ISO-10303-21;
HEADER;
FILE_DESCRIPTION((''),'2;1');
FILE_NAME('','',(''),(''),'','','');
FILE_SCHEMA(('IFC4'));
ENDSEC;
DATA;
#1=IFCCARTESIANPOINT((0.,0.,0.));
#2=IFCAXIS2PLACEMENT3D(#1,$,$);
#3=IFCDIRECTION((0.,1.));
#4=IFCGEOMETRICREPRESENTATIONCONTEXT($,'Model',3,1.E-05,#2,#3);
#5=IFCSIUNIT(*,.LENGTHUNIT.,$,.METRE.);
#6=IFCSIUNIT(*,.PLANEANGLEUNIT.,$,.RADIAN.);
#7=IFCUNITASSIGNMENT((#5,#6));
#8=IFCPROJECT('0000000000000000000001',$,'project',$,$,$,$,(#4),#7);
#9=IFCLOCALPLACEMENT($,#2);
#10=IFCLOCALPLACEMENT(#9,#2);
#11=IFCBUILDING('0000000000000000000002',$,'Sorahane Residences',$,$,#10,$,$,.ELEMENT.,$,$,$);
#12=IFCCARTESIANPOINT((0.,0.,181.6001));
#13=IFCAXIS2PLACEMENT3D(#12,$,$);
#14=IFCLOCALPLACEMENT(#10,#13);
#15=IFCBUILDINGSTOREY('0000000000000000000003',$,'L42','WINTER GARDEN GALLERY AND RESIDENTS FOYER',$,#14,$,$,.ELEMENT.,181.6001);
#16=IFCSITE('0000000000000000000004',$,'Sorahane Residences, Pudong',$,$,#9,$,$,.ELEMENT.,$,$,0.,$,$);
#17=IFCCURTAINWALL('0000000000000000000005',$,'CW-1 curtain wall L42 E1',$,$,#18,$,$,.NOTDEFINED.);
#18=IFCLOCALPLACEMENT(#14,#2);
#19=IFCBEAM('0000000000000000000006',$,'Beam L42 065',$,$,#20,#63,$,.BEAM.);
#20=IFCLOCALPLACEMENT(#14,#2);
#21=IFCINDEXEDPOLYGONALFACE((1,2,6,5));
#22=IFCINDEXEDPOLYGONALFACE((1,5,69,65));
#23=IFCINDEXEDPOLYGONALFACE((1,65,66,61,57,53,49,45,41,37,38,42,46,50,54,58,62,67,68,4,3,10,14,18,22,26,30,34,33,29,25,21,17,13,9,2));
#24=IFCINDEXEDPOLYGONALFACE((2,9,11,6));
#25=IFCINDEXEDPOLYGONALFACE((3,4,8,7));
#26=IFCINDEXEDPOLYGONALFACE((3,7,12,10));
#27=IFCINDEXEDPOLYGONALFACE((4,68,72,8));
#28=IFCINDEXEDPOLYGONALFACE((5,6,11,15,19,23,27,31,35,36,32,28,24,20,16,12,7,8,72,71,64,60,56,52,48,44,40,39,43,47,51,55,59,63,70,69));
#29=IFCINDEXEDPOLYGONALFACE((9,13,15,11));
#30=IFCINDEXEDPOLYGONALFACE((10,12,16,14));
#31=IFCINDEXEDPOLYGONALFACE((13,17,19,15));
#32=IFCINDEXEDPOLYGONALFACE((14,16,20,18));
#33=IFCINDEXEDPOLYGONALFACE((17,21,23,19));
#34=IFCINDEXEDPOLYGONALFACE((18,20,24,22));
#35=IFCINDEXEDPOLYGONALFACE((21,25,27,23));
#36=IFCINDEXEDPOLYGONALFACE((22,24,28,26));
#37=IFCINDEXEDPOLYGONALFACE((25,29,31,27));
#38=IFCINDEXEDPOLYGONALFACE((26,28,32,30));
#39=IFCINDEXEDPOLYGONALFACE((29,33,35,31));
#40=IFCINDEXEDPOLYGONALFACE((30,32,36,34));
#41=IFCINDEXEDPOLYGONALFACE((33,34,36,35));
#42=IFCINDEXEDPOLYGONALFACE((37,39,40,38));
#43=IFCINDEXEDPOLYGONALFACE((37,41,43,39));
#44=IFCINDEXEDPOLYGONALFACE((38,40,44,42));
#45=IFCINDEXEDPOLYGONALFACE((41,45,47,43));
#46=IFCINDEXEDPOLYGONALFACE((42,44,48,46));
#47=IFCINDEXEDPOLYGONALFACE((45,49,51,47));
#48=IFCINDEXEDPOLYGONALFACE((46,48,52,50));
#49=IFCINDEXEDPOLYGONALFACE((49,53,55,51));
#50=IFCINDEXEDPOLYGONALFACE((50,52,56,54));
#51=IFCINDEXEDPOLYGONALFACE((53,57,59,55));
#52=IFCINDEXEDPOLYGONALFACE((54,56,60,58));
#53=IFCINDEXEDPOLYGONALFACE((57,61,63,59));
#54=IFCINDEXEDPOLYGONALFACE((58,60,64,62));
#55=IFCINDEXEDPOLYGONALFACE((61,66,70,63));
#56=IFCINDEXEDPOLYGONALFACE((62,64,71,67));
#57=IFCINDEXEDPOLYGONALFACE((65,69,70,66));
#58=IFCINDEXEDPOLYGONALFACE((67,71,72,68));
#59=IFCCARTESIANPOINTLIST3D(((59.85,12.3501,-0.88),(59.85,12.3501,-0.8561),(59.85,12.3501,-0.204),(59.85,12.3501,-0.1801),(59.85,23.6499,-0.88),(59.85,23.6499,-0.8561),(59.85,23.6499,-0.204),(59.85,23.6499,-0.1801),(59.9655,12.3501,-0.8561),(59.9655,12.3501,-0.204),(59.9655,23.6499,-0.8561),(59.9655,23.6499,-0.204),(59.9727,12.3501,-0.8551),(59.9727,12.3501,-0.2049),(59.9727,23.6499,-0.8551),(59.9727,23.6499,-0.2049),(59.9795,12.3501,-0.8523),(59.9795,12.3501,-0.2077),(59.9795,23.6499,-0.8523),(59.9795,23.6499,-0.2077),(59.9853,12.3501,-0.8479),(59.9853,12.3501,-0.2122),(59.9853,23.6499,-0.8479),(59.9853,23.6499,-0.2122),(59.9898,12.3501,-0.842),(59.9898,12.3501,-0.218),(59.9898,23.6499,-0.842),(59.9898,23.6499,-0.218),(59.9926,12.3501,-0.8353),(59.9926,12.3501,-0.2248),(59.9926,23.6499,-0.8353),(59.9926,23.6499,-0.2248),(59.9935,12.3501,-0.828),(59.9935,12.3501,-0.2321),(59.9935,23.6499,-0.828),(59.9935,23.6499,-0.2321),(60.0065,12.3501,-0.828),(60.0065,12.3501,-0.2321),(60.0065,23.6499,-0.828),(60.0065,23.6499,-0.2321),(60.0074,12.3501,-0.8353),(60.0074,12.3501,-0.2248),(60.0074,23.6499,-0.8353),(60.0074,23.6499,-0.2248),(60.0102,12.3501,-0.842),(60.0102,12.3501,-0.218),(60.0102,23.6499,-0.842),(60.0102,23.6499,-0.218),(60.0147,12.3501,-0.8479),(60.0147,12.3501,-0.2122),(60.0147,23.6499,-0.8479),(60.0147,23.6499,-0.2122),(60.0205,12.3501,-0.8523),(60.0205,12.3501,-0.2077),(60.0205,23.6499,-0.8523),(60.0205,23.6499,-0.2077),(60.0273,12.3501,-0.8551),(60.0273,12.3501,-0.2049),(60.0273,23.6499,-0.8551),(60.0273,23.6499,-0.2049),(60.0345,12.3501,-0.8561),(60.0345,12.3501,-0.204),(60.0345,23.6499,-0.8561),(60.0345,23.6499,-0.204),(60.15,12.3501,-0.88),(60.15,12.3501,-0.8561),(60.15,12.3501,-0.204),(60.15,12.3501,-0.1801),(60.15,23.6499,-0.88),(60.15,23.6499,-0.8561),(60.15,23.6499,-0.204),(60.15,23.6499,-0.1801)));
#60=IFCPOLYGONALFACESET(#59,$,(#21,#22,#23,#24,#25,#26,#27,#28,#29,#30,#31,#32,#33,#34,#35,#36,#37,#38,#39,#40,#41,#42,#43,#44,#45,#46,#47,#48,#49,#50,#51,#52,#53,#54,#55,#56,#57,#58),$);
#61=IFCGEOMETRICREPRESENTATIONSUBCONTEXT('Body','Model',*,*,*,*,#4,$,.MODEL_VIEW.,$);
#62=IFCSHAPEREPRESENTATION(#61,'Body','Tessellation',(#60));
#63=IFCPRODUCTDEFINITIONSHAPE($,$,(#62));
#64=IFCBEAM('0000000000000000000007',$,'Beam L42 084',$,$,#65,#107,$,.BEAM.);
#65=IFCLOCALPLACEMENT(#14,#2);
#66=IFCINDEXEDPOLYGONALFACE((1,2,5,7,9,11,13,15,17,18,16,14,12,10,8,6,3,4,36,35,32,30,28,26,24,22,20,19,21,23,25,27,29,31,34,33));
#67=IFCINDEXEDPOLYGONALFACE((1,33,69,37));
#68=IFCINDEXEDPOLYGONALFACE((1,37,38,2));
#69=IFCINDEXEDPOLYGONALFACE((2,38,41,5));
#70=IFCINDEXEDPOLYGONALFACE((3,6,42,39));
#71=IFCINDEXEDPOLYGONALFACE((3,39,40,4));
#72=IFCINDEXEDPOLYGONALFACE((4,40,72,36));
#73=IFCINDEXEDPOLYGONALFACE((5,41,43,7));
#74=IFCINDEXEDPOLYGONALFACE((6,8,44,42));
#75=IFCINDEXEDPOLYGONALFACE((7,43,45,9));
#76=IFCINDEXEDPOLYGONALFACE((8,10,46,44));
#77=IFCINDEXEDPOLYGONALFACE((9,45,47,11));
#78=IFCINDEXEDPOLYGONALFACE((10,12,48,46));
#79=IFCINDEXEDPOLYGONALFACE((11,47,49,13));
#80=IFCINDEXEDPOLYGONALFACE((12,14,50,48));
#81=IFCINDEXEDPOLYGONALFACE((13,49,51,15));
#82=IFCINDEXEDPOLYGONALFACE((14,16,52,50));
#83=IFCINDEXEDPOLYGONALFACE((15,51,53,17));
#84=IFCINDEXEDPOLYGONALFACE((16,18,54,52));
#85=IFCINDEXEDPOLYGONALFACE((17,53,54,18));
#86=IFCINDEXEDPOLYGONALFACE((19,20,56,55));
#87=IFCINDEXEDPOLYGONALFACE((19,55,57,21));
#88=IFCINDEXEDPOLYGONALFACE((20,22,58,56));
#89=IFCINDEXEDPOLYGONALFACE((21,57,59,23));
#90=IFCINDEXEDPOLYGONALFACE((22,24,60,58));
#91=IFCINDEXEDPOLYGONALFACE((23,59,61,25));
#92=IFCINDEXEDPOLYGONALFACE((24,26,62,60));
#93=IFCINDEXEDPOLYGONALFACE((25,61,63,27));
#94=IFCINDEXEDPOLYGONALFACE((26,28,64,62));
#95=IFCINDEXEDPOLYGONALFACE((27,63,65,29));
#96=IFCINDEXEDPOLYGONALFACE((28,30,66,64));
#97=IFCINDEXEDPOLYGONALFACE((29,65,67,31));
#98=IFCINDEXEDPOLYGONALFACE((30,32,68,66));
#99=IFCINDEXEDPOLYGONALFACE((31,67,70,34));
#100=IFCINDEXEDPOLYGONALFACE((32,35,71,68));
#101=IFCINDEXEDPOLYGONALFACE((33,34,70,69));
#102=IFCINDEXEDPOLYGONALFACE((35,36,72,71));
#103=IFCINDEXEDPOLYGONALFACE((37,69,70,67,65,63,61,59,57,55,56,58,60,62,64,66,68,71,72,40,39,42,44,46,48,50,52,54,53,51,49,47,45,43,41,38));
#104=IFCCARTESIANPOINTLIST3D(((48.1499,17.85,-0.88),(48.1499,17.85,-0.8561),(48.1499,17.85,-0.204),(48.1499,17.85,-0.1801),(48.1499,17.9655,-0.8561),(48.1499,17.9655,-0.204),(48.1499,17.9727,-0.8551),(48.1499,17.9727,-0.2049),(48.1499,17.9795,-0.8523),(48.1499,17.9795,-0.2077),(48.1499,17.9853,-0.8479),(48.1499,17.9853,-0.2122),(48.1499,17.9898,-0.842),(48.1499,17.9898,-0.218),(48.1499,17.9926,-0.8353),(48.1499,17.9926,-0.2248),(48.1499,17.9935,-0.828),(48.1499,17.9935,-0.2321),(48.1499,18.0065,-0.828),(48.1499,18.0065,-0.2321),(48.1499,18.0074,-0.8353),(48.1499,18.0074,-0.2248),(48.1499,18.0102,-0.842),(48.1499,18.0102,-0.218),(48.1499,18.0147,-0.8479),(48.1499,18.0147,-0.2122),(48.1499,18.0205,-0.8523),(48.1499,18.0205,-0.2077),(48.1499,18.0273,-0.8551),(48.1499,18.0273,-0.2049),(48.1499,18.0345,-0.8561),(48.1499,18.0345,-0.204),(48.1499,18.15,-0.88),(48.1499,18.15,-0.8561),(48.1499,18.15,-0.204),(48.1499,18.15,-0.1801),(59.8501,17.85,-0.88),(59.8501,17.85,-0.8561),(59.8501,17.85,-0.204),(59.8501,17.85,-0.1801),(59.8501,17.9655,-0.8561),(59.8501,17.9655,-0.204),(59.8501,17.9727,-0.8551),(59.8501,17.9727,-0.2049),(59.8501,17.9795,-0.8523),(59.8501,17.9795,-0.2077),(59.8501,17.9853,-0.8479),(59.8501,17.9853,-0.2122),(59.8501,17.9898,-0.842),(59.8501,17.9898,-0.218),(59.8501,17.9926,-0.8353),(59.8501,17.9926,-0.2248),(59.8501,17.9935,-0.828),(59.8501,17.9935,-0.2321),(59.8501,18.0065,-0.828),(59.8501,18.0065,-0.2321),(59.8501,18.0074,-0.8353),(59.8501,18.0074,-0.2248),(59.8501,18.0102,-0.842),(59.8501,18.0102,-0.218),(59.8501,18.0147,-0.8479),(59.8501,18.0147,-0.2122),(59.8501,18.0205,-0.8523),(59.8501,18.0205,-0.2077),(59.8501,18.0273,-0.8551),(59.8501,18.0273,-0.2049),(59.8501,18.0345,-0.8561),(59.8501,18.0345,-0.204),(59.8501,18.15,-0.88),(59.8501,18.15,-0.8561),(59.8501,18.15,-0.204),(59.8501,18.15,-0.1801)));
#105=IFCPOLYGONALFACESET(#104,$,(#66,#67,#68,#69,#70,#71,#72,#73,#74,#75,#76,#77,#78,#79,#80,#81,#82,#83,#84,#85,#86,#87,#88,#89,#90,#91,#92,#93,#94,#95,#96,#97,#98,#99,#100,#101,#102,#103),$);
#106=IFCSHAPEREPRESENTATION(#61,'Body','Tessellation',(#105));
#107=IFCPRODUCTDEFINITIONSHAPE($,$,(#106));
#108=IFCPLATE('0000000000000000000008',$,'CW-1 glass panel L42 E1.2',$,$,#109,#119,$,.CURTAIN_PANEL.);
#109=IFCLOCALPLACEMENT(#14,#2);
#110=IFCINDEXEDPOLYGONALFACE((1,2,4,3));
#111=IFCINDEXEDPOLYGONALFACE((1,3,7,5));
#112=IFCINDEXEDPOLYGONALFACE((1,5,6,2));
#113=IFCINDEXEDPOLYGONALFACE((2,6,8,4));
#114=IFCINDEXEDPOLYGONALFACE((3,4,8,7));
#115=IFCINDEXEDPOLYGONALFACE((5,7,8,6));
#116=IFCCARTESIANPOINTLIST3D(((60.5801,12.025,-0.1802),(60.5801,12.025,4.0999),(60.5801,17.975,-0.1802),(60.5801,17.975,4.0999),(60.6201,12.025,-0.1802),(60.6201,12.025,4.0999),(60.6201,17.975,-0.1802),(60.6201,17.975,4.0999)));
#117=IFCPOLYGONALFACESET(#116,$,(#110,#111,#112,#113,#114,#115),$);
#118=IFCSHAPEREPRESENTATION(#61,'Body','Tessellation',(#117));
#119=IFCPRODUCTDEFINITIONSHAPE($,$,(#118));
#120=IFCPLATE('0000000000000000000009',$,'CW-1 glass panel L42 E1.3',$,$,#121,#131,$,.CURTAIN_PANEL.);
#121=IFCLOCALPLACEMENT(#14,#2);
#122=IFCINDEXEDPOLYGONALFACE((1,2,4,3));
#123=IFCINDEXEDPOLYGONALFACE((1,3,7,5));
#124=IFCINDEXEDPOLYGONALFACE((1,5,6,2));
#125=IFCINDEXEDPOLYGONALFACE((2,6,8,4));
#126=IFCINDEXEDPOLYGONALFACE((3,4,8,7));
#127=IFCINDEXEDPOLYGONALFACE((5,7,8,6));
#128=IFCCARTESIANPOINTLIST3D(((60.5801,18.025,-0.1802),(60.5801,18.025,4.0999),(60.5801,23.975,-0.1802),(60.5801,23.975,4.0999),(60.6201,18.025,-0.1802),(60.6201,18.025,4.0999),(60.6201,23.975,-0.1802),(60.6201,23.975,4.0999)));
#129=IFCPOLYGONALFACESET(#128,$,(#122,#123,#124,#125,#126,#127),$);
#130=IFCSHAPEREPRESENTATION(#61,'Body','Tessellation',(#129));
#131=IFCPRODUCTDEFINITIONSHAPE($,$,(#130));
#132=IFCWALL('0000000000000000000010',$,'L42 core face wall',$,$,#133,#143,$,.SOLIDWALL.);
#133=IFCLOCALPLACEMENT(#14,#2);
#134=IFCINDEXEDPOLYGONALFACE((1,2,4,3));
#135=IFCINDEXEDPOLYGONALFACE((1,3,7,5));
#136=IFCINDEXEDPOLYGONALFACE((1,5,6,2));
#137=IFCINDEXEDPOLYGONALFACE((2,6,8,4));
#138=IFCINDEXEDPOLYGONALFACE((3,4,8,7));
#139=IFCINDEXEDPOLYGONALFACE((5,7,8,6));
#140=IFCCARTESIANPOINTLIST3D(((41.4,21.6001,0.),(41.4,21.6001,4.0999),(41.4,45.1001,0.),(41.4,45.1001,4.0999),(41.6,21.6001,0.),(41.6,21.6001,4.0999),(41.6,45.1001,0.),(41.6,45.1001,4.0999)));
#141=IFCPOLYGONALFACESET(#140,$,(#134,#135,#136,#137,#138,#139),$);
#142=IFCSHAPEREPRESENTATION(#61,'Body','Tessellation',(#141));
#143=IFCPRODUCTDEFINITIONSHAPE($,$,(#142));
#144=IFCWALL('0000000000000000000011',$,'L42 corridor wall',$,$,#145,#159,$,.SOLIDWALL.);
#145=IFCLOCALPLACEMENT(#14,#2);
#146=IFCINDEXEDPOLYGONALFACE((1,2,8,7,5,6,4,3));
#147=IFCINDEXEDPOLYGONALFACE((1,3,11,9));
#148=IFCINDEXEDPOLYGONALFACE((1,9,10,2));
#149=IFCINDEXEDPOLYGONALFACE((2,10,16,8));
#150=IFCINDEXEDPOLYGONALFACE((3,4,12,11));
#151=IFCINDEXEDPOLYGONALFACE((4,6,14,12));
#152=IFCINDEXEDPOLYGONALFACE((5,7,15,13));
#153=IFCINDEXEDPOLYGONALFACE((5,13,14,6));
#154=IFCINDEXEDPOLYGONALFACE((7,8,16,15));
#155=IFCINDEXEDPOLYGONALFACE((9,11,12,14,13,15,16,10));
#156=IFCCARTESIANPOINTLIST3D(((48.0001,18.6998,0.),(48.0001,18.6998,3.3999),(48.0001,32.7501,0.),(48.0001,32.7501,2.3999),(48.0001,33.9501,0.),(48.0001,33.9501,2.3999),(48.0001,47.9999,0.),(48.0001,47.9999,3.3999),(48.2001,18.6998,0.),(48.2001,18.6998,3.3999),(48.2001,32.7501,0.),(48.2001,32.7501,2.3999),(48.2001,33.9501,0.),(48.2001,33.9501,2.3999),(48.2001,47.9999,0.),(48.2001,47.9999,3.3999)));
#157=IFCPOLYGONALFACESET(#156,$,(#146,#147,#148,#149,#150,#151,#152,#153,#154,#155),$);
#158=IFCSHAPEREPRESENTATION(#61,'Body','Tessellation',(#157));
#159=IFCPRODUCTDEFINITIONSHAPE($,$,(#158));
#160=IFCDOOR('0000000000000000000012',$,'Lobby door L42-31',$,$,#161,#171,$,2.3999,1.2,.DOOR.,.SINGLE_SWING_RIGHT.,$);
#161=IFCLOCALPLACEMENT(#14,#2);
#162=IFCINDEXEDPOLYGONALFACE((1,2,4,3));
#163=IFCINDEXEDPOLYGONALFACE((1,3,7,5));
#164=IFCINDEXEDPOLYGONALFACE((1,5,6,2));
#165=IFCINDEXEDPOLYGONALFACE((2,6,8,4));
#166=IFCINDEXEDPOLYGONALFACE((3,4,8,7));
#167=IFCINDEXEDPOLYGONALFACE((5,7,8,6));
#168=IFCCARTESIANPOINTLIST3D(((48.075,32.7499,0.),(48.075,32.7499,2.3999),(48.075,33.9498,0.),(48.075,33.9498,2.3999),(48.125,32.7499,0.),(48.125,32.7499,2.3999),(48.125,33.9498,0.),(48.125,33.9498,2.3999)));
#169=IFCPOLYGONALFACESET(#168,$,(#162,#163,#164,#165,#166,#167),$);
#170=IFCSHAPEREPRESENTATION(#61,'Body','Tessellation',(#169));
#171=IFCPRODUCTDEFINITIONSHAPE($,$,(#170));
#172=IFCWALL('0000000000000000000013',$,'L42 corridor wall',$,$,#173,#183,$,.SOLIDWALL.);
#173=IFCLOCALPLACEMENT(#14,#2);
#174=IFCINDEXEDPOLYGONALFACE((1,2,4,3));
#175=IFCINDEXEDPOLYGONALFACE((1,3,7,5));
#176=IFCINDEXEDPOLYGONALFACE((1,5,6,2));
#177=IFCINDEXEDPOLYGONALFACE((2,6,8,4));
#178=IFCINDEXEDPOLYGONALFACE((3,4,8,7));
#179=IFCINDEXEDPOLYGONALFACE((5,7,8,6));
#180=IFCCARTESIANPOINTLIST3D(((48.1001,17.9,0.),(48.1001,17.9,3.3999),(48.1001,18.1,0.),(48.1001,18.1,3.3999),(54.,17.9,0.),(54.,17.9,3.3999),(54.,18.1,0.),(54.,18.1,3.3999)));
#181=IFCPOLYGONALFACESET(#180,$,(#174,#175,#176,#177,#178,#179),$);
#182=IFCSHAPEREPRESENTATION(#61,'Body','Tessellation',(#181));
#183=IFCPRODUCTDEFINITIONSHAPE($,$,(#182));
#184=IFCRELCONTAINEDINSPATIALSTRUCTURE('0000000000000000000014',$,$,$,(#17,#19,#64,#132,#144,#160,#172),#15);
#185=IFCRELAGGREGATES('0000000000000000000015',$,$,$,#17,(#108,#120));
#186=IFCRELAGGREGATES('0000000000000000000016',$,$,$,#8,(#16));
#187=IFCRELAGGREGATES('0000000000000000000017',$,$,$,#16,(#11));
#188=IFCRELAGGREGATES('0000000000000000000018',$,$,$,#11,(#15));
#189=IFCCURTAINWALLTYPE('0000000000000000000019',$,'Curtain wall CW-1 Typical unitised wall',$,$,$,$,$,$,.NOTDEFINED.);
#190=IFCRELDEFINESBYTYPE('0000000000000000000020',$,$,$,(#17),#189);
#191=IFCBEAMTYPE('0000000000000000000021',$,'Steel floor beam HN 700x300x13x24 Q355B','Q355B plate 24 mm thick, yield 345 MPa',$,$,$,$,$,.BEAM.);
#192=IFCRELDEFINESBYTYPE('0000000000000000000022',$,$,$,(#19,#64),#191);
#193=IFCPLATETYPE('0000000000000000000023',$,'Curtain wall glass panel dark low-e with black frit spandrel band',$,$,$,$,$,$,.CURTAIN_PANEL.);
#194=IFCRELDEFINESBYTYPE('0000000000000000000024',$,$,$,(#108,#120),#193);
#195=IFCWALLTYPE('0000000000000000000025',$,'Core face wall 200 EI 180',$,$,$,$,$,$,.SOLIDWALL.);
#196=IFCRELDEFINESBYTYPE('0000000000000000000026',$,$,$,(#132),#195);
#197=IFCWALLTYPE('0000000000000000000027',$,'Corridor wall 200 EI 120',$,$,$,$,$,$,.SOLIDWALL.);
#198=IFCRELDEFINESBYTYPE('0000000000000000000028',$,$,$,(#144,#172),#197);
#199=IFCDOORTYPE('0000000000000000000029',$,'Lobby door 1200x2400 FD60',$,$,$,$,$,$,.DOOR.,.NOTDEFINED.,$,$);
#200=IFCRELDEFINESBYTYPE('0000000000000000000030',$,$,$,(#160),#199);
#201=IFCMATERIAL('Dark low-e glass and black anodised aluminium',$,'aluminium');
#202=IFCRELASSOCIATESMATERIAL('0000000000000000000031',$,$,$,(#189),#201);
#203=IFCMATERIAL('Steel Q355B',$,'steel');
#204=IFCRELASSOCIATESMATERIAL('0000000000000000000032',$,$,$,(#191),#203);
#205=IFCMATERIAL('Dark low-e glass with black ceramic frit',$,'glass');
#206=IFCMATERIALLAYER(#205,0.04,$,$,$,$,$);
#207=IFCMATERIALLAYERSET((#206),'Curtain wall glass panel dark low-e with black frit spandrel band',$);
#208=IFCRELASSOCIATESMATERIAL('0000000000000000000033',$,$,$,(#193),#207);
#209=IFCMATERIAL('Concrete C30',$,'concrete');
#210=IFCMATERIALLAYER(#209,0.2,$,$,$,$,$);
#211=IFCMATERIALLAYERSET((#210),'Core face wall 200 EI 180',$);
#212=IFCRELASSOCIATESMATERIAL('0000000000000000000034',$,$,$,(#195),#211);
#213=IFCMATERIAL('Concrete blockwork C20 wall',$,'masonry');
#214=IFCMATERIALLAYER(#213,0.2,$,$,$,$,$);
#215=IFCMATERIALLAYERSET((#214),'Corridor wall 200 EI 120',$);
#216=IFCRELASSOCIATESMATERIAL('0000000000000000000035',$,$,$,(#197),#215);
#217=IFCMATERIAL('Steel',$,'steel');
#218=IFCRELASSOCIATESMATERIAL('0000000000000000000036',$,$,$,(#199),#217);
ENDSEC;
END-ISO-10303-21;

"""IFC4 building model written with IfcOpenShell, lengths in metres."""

from ifc_helpers import new_model, si_unit, direction, frame, frame_2d, origin, origin_2d, place, context, subcontext, project, spatial, rectangle, i_section, extrude, material, layer, layer_set, material_profile, profile_set, type_object, element, fill, aggregate, save


model = new_model("IFC4")

# Units and contexts
model_context = context("Model", 3, precision=1e-05, world=origin(), true_north=direction((0.0, 1.0)))
body_context = subcontext(model_context, "Body", "Model", "MODEL_VIEW")
ifc_project = project(units=[si_unit("LENGTHUNIT", "METRE"), si_unit("PLANEANGLEUNIT", "RADIAN")], contexts=[model_context])

# Site, building, storey
site_placement = place(None, origin())
site = spatial("IfcSite", under=ifc_project, at=site_placement, Name="Sorahane Residences, Pudong", CompositionType="ELEMENT", RefElevation=0.0)
building_placement = place(site_placement, origin())
building = spatial("IfcBuilding", under=site, at=building_placement, Name="Sorahane Residences", CompositionType="ELEMENT")
storey_placement = place(building_placement, frame((0.0, 0.0, 181.6001)))
storey = spatial("IfcBuildingStorey", under=building, at=storey_placement, Name="L42", Description="WINTER GARDEN GALLERY AND RESIDENTS FOYER", CompositionType="ELEMENT", Elevation=181.6001)

# Curtain wall
ifc_material_1 = material(Name="Dark low-e glass and black anodised aluminium", Category="aluminium")
curtain_wall_type = type_object("IfcCurtainWallType", Name="Curtain wall CW-1 Typical unitised wall", PredefinedType="NOTDEFINED", material=ifc_material_1)
curtain_wall_placement = place(storey_placement, origin())
curtain_wall = element("IfcCurtainWall", 1, at=curtain_wall_placement, inside=storey, type_object=curtain_wall_type, Name="CW-1 curtain wall L42 E1", PredefinedType="NOTDEFINED")

# Beams
ifc_material_2 = material(Name="Steel Q355B", Category="steel")
ifc_material_profile_1 = material_profile(ifc_material_2, i_section(OverallWidth=0.3, OverallDepth=0.7, WebThickness=0.0129, FlangeThickness=0.0239, FilletRadius=0.0281, at=origin_2d()), Name="HN 700x300x13x24")
ifc_profile_set_1 = profile_set([ifc_material_profile_1], Name="Steel Q355B")
beam_type_1 = type_object("IfcBeamType", Name="Steel floor beam HN 700x300x13x24 Q355B", Description="Q355B plate 24 mm thick, yield 345 MPa", PredefinedType="BEAM", material=ifc_profile_set_1)
beam_1_placement = place(storey_placement, frame((60.0, 12.3501, -0.53), z_axis=(0.0, 1.0, 0.0), x_axis=(-1.0, 0.0, 0.0)))
element("IfcBeam", 2, at=beam_1_placement, inside=storey, type_object=beam_type_1, Name="Beam L42 065", PredefinedType="BEAM", context=body_context, shape_type="SweptSolid", body=[
    extrude(i_section(OverallWidth=0.3, OverallDepth=0.7, WebThickness=0.0129, FlangeThickness=0.0239, FilletRadius=0.0281, at=origin_2d()), origin(), (0.0, 0.0, 1.0), 11.2998),
])
beam_2_placement = place(storey_placement, frame((48.1499, 18.0, -0.53), z_axis=(1.0, 0.0, 0.0), x_axis=(0.0, 1.0, 0.0)))
element("IfcBeam", 3, at=beam_2_placement, inside=storey, type_object=beam_type_1, Name="Beam L42 084", PredefinedType="BEAM", context=body_context, shape_type="SweptSolid", body=[
    extrude(i_section(OverallWidth=0.3, OverallDepth=0.7, WebThickness=0.0129, FlangeThickness=0.0239, FilletRadius=0.0281, at=origin_2d()), origin(), (0.0, 0.0, 1.0), 11.7002),
])

# Plates
ifc_material_3 = material(Name="Dark low-e glass with black ceramic frit", Category="glass")
ifc_layer_1 = layer(ifc_material_3, 0.04)
ifc_layer_set_1 = layer_set([ifc_layer_1], Name="Curtain wall glass panel dark low-e with black frit spandrel band")
plate_type = type_object("IfcPlateType", Name="Curtain wall glass panel dark low-e with black frit spandrel band", PredefinedType="CURTAIN_PANEL", material=ifc_layer_set_1)
plate_1_placement = place(storey_placement, frame((60.6001, 15.0, -0.1802), z_axis=(0.0, 0.0, 1.0), x_axis=(0.0, 1.0, 0.0)))
plate_1 = element("IfcPlate", 4, at=plate_1_placement, type_object=plate_type, Name="CW-1 glass panel L42 E1.2", PredefinedType="CURTAIN_PANEL", context=body_context, shape_type="SweptSolid", body=[
    extrude(rectangle(XDim=5.95, YDim=0.04, at=origin_2d()), origin(), (0.0, 0.0, 1.0), 4.28),
])
plate_2_placement = place(storey_placement, frame((60.6001, 21.0, -0.1802), z_axis=(0.0, 0.0, 1.0), x_axis=(0.0, 1.0, 0.0)))
plate_2 = element("IfcPlate", 5, at=plate_2_placement, type_object=plate_type, Name="CW-1 glass panel L42 E1.3", PredefinedType="CURTAIN_PANEL", context=body_context, shape_type="SweptSolid", body=[
    extrude(rectangle(XDim=5.95, YDim=0.04, at=origin_2d()), origin(), (0.0, 0.0, 1.0), 4.28),
])
aggregate(curtain_wall, [plate_1, plate_2])

# Wall
ifc_material_4 = material(Name="Concrete C30", Category="concrete")
ifc_layer_2 = layer(ifc_material_4, 0.2)
ifc_layer_set_2 = layer_set([ifc_layer_2], Name="Core face wall 200 EI 180")
wall_type_1 = type_object("IfcWallType", Name="Core face wall 200 EI 180", PredefinedType="SOLIDWALL", material=ifc_layer_set_2)
wall_1_placement = place(storey_placement, frame((41.5, 21.6001, 0.0), z_axis=(0.0, 0.0, 1.0), x_axis=(0.0, 1.0, 0.0)))
element("IfcWall", 6, at=wall_1_placement, inside=storey, type_object=wall_type_1, Name="L42 core face wall", PredefinedType="SOLIDWALL", context=body_context, shape_type="SweptSolid", body=[
    extrude(rectangle(XDim=23.5, YDim=0.2, at=frame_2d((11.75, 0.0))), origin(), (0.0, 0.0, 1.0), 4.0999),
])

# Wall, opening, door
ifc_material_5 = material(Name="Concrete blockwork C20 wall", Category="masonry")
ifc_layer_3 = layer(ifc_material_5, 0.2)
ifc_layer_set_3 = layer_set([ifc_layer_3], Name="Corridor wall 200 EI 120")
wall_type_2 = type_object("IfcWallType", Name="Corridor wall 200 EI 120", PredefinedType="SOLIDWALL", material=ifc_layer_set_3)
wall_2_placement = place(storey_placement, frame((48.1001, 18.7, 0.0), z_axis=(0.0, 0.0, 1.0), x_axis=(0.0, 1.0, 0.0)))
wall_2 = element("IfcWall", 7, at=wall_2_placement, inside=storey, type_object=wall_type_2, Name="L42 corridor wall", PredefinedType="SOLIDWALL", context=body_context, shape_type="SweptSolid", body=[
    extrude(rectangle(XDim=29.3, YDim=0.2, at=frame_2d((14.6499, 0.0))), origin(), (0.0, 0.0, 1.0), 3.3999),
])
opening_1_placement = place(wall_2_placement, frame((14.05, 0.0, 0.0)))
opening_1 = element("IfcOpeningElement", 8, at=opening_1_placement, cuts=wall_2, PredefinedType="OPENING", context=body_context, shape_type="SweptSolid", body=[
    extrude(rectangle(XDim=1.2, YDim=2.3999, at=frame_2d((0.6001, 1.2))), frame((0.0, 0.1099, 0.0), z_axis=(0.0, -1.0, 0.0), x_axis=(1.0, 0.0, 0.0)), (0.0, 0.0, 1.0), 0.22),
])
ifc_material_6 = material(Name="Steel", Category="steel")
door_type_1 = type_object("IfcDoorType", Name="Lobby door 1200x2400 FD60", OperationType="NOTDEFINED", PredefinedType="DOOR", material=ifc_material_6)
door_1_placement = place(opening_1_placement, frame((1.2, 0.0, 0.0), z_axis=(0.0, 0.0, 1.0), x_axis=(-1.0, 0.0, 0.0)))
door_1 = element("IfcDoor", 9, at=door_1_placement, inside=storey, type_object=door_type_1, Name="Lobby door L42-31", OperationType="SINGLE_SWING_RIGHT", OverallHeight=2.3999, OverallWidth=1.2, PredefinedType="DOOR", context=body_context, shape_type="SweptSolid", body=[
    extrude(rectangle(XDim=1.2, YDim=2.3999, at=frame_2d((0.6001, 1.2))), frame((0.0, 0.0249, 0.0), z_axis=(0.0, -1.0, 0.0), x_axis=(1.0, 0.0, 0.0)), (0.0, 0.0, 1.0), 0.05),
])
fill(opening_1, door_1)

# Wall
wall_3_placement = place(storey_placement, frame((48.1001, 18.0, 0.0), z_axis=(0.0, 0.0, 1.0), x_axis=(1.0, 0.0, 0.0)))
element("IfcWall", 10, at=wall_3_placement, inside=storey, type_object=wall_type_2, Name="L42 corridor wall", PredefinedType="SOLIDWALL", context=body_context, shape_type="SweptSolid", body=[
    extrude(rectangle(XDim=5.8999, YDim=0.2, at=frame_2d((2.95, 0.0))), origin(), (0.0, 0.0, 1.0), 3.3999),
])

save(model, "model.ifc")
